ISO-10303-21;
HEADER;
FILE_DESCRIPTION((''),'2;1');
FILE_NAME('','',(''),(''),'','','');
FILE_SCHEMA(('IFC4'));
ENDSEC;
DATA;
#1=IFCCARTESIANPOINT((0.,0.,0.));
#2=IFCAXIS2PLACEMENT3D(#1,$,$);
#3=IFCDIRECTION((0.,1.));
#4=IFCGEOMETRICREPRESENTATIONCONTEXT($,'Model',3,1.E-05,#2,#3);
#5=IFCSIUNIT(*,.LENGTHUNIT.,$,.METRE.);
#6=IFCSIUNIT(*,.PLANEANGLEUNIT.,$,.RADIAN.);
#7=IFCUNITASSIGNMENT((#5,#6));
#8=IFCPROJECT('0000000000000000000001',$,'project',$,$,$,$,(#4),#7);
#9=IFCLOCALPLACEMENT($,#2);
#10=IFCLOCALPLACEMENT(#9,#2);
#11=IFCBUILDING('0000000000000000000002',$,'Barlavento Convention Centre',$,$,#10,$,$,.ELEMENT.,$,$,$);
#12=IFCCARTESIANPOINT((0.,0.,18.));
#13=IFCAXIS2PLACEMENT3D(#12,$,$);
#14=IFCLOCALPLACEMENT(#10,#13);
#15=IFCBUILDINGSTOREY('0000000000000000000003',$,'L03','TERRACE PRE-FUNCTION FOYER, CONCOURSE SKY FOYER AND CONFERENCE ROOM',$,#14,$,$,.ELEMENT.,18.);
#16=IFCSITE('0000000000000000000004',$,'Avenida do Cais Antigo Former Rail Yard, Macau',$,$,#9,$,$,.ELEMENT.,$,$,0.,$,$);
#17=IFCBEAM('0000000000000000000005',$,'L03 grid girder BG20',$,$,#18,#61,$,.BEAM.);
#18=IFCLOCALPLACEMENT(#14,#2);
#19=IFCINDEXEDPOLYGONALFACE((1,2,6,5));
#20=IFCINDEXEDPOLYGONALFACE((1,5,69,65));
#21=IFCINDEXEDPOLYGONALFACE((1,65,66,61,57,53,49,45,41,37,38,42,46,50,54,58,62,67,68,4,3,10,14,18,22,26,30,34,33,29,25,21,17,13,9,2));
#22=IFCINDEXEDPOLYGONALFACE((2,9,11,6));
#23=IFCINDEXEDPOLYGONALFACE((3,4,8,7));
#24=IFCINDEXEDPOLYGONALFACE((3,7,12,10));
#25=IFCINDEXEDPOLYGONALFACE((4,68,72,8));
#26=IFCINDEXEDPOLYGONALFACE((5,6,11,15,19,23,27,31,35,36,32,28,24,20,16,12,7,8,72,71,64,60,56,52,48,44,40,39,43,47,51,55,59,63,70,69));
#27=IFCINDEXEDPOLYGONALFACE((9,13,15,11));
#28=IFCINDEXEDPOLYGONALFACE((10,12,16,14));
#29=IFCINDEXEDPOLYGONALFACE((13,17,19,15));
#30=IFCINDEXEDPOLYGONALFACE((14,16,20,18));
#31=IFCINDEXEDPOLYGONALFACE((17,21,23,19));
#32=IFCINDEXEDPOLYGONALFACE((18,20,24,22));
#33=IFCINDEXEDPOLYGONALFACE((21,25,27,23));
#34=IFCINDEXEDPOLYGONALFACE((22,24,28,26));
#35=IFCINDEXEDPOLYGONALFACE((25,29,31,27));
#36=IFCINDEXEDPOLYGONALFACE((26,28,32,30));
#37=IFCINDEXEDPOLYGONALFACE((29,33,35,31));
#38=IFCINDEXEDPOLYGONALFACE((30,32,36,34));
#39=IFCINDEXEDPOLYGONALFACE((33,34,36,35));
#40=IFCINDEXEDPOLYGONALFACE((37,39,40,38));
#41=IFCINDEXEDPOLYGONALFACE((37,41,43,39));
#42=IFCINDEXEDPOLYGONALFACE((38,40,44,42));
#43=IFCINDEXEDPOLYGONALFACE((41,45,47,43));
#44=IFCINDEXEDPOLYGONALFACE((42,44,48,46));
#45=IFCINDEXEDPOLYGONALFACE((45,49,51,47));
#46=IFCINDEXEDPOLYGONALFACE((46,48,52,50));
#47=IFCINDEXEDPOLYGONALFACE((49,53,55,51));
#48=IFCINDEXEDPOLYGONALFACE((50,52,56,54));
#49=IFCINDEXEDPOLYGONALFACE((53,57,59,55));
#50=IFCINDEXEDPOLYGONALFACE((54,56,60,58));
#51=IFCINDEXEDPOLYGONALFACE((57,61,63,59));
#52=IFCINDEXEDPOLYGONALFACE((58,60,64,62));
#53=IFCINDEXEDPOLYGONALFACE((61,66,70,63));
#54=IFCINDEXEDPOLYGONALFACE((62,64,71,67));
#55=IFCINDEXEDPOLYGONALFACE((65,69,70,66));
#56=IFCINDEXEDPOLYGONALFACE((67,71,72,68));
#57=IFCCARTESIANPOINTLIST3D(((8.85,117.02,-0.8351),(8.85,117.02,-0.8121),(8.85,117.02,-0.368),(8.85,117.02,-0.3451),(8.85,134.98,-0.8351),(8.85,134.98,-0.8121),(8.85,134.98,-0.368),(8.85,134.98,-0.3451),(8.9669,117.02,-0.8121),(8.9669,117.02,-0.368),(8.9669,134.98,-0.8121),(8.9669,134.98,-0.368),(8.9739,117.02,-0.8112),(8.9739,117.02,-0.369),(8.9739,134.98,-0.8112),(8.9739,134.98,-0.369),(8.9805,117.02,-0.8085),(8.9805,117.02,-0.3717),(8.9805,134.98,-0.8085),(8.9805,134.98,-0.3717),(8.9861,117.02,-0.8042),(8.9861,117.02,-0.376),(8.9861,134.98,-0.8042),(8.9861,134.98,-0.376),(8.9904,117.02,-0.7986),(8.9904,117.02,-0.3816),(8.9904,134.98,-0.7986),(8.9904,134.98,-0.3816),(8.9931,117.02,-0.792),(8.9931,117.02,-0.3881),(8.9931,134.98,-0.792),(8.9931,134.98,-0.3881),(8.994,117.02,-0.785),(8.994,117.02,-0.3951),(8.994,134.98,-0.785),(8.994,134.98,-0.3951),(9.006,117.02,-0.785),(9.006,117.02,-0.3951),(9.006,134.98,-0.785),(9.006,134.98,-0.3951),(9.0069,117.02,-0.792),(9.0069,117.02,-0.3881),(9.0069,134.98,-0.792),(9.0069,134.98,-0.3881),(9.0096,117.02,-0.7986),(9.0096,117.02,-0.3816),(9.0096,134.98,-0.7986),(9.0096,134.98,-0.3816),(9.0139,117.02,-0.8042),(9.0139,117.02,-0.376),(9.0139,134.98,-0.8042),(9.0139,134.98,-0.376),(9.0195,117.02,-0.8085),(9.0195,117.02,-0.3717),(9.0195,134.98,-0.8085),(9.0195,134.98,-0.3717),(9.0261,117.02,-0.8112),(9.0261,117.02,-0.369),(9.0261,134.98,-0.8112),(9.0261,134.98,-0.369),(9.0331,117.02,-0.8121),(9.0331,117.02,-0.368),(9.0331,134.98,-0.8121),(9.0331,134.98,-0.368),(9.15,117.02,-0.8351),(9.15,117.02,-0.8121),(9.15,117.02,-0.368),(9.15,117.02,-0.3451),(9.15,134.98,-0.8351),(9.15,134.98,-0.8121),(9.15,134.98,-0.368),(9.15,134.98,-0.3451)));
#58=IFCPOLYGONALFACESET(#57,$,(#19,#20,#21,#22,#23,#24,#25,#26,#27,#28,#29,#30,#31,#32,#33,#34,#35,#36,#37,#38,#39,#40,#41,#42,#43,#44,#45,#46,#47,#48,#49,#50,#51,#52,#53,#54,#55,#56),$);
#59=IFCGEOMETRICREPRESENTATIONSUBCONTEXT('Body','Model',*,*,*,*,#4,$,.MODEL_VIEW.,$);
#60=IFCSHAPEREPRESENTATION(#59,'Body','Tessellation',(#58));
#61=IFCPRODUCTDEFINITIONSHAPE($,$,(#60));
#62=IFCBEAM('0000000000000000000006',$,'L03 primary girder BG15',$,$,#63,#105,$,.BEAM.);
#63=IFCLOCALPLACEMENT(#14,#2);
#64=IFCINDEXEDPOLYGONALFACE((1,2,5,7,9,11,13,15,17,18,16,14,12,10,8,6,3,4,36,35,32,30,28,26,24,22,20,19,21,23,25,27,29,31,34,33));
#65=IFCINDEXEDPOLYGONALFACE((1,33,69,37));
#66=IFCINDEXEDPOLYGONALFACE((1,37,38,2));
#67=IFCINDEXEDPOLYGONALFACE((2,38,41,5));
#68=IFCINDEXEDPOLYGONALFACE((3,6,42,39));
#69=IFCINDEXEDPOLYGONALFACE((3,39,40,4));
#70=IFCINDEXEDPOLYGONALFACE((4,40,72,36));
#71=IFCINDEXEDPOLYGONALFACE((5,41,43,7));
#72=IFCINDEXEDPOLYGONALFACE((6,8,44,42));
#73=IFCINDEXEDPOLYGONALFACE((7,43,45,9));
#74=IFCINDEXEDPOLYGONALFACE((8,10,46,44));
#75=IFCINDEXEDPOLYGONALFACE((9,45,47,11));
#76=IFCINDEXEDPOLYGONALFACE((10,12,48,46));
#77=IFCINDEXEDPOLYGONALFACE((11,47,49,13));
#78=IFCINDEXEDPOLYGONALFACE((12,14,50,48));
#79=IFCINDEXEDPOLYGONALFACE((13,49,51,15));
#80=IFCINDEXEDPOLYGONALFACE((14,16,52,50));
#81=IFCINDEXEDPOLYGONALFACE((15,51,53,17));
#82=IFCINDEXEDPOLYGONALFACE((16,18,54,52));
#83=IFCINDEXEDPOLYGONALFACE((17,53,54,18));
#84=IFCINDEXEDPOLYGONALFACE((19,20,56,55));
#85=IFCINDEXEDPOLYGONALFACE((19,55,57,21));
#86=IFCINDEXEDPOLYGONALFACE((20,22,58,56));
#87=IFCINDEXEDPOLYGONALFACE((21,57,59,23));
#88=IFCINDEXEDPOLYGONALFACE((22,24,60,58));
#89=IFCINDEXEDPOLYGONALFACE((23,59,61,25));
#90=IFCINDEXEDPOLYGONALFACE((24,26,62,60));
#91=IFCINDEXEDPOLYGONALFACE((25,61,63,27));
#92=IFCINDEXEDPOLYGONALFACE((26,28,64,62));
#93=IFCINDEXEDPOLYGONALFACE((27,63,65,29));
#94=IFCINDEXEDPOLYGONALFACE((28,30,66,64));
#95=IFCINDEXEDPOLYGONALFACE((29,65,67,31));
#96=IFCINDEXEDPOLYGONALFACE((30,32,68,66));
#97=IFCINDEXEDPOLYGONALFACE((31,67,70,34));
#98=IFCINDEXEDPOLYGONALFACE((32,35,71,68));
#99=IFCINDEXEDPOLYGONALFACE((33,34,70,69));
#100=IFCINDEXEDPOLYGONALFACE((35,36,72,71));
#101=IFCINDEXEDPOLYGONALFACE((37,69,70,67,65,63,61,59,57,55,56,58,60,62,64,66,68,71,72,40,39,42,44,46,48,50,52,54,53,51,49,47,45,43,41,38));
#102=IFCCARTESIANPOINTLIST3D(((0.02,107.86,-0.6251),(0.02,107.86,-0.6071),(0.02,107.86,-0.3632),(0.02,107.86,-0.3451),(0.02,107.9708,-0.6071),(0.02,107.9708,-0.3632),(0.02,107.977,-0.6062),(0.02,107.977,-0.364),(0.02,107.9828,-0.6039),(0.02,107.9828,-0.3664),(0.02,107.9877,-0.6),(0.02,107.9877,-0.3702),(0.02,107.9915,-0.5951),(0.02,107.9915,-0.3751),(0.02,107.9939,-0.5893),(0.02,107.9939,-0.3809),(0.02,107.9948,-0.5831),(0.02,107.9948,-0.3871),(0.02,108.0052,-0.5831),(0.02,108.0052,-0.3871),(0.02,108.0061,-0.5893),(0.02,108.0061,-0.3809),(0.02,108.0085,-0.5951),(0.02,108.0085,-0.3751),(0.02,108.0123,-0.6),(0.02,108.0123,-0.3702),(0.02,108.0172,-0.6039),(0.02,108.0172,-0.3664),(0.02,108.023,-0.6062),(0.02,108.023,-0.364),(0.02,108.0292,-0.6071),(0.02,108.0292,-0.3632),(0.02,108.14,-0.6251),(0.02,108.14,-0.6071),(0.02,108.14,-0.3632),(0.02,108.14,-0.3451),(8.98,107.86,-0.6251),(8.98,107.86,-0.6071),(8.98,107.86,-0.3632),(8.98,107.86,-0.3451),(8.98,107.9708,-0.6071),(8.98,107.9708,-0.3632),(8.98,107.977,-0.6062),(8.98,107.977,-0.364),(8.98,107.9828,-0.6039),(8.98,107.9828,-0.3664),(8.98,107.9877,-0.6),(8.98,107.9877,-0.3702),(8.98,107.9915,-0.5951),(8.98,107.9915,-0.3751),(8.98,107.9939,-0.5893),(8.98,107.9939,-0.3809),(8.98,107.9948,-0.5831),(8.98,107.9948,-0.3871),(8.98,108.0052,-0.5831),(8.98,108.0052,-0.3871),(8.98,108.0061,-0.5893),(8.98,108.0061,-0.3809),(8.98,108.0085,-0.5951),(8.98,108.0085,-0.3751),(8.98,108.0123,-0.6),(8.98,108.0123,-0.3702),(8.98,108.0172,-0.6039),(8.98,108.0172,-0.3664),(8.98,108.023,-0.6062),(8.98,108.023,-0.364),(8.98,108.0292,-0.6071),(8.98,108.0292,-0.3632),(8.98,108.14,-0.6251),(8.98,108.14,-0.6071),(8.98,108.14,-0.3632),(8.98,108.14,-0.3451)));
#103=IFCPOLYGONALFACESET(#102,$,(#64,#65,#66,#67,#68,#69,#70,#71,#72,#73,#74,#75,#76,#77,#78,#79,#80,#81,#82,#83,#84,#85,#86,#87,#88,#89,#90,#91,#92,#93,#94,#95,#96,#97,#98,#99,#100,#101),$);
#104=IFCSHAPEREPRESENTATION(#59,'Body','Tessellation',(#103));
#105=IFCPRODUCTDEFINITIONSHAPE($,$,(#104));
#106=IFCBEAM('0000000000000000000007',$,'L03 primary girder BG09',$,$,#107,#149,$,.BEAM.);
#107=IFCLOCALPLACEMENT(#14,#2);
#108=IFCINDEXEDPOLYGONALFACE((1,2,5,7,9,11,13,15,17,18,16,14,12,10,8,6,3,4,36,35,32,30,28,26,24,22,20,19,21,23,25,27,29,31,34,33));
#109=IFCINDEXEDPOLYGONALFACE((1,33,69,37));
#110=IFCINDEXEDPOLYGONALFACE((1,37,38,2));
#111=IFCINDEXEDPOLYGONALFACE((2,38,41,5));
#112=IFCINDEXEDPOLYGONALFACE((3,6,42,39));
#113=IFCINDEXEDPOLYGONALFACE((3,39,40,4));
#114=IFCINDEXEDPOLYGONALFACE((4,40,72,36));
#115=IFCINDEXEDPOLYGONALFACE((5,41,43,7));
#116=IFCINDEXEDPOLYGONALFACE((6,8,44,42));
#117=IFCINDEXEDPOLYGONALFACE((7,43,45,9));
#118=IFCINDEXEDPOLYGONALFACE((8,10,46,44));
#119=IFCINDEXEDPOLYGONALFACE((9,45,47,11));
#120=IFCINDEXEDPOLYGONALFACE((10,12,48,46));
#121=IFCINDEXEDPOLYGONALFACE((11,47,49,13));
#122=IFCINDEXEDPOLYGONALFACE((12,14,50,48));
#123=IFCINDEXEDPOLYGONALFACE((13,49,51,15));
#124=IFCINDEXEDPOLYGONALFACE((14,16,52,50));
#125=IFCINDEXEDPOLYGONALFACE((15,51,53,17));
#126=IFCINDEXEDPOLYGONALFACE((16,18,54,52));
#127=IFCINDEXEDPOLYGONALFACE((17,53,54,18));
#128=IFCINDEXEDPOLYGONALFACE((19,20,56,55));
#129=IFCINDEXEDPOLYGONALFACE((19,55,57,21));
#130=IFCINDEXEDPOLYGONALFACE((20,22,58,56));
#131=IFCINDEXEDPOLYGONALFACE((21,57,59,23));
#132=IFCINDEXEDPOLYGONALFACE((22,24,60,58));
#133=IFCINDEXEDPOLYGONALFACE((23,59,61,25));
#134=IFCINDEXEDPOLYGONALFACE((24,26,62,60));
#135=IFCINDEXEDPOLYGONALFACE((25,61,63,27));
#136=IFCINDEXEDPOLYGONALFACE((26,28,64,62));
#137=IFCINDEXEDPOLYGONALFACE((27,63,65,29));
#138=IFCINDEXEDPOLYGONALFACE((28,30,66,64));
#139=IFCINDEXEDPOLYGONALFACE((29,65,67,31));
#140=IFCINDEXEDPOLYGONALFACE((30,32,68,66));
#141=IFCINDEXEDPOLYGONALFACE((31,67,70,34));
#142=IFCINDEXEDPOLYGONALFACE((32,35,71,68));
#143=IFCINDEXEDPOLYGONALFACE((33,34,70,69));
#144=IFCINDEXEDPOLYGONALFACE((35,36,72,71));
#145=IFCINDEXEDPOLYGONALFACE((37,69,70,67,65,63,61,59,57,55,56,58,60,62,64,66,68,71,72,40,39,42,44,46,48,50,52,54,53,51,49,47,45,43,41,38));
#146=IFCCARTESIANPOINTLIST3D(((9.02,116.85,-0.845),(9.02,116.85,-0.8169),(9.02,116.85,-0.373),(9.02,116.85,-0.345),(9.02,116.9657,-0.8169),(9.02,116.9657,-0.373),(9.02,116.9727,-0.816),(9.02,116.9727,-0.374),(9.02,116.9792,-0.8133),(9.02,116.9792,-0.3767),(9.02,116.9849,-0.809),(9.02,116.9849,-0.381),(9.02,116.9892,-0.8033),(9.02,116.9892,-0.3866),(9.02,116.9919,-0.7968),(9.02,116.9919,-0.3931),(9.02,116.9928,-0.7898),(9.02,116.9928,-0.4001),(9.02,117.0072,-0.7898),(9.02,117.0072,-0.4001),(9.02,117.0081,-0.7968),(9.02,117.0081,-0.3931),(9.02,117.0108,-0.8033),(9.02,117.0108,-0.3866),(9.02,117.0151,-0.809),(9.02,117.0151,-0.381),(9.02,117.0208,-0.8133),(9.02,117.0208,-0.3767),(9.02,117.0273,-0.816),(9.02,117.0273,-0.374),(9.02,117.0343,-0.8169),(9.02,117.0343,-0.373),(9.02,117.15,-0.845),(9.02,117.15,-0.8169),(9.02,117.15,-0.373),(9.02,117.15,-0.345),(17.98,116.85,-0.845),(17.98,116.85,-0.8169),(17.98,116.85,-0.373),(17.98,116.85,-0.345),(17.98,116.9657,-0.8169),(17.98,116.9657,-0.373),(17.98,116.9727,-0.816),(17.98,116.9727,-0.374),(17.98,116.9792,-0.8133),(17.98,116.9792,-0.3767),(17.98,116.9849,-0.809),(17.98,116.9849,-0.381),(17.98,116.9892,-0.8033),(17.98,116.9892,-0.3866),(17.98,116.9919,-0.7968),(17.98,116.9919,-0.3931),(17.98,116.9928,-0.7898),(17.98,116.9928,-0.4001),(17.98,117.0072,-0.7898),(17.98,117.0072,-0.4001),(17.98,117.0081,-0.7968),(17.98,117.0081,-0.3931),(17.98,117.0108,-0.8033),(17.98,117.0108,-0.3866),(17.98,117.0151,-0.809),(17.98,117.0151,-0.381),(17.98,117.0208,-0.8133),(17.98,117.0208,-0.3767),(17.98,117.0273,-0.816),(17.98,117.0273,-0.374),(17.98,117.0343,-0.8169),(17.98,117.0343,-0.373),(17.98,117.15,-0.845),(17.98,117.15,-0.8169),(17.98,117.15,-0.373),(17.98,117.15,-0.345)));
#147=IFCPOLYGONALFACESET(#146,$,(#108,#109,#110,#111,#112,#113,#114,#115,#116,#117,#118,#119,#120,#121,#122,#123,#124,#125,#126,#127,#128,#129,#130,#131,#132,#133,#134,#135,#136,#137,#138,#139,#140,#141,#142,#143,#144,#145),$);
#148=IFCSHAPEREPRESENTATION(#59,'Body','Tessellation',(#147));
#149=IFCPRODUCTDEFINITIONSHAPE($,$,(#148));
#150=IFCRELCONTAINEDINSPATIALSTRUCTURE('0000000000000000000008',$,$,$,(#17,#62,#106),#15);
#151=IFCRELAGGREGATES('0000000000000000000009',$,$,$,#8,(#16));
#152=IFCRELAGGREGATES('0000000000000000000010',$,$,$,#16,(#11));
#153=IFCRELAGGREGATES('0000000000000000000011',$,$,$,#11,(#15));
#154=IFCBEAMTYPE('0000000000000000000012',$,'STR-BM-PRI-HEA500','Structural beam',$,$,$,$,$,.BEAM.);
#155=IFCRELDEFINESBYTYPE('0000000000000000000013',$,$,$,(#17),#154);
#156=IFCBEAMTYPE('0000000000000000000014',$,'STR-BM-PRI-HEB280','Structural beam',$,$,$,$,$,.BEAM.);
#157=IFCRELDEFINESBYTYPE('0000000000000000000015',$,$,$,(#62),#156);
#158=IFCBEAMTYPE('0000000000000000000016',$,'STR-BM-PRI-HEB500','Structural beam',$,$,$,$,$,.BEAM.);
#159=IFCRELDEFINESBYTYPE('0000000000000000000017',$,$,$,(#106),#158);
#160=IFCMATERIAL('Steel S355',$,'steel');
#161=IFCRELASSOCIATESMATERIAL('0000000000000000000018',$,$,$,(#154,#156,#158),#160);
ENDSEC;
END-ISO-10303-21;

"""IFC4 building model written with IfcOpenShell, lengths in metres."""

from ifc_helpers import new_model, si_unit, direction, frame, origin, origin_2d, place, context, subcontext, project, spatial, i_section, extrude, material, material_profile, profile_set, type_object, element, save


model = new_model("IFC4")

# Units and contexts
model_context = context("Model", 3, precision=1e-05, world=origin(), true_north=direction((0.0, 1.0)))
body_context = subcontext(model_context, "Body", "Model", "MODEL_VIEW")
ifc_project = project(units=[si_unit("LENGTHUNIT", "METRE"), si_unit("PLANEANGLEUNIT", "RADIAN")], contexts=[model_context])

# Site, building, storey
site_placement = place(None, origin())
site = spatial("IfcSite", under=ifc_project, at=site_placement, Name="Avenida do Cais Antigo Former Rail Yard, Macau", CompositionType="ELEMENT", RefElevation=0.0)
building_placement = place(site_placement, origin())
building = spatial("IfcBuilding", under=site, at=building_placement, Name="Barlavento Convention Centre", CompositionType="ELEMENT")
storey_placement = place(building_placement, frame((0.0, 0.0, 18.0)))
storey = spatial("IfcBuildingStorey", under=building, at=storey_placement, Name="L03", Description="TERRACE PRE-FUNCTION FOYER, CONCOURSE SKY FOYER AND CONFERENCE ROOM", CompositionType="ELEMENT", Elevation=18.0)

# Beams
ifc_material_1 = material(Name="Steel S355", Category="steel")
ifc_material_profile_1 = material_profile(ifc_material_1, i_section(OverallWidth=0.3, OverallDepth=0.49, WebThickness=0.012, FlangeThickness=0.0229, FilletRadius=0.0271, at=origin_2d()), Name="HEA 500")
ifc_profile_set_1 = profile_set([ifc_material_profile_1], Name="Steel S355")
beam_type_1 = type_object("IfcBeamType", Name="STR-BM-PRI-HEA500", Description="Structural beam", PredefinedType="BEAM", material=ifc_profile_set_1)
beam_1_placement = place(storey_placement, frame((9.0, 117.02, -0.5901), z_axis=(0.0, 1.0, 0.0), x_axis=(-1.0, 0.0, 0.0)))
element("IfcBeam", 1, at=beam_1_placement, inside=storey, type_object=beam_type_1, Name="L03 grid girder BG20", PredefinedType="BEAM", context=body_context, shape_type="SweptSolid", body=[
    extrude(i_section(OverallWidth=0.3, OverallDepth=0.49, WebThickness=0.012, FlangeThickness=0.0229, FilletRadius=0.0271, at=origin_2d()), origin(), (0.0, 0.0, 1.0), 17.96),
])
ifc_material_profile_2 = material_profile(ifc_material_1, i_section(OverallWidth=0.28, OverallDepth=0.28, WebThickness=0.0105, FlangeThickness=0.0181, FilletRadius=0.0239, at=origin_2d()), Name="HEB 280")
ifc_profile_set_2 = profile_set([ifc_material_profile_2], Name="Steel S355")
beam_type_2 = type_object("IfcBeamType", Name="STR-BM-PRI-HEB280", Description="Structural beam", PredefinedType="BEAM", material=ifc_profile_set_2)
beam_2_placement = place(storey_placement, frame((0.02, 108.0, -0.4851), z_axis=(1.0, 0.0, 0.0), x_axis=(0.0, 1.0, 0.0)))
element("IfcBeam", 2, at=beam_2_placement, inside=storey, type_object=beam_type_2, Name="L03 primary girder BG15", PredefinedType="BEAM", context=body_context, shape_type="SweptSolid", body=[
    extrude(i_section(OverallWidth=0.28, OverallDepth=0.28, WebThickness=0.0105, FlangeThickness=0.0181, FilletRadius=0.0239, at=origin_2d()), origin(), (0.0, 0.0, 1.0), 8.96),
])
ifc_material_profile_3 = material_profile(ifc_material_1, i_section(OverallWidth=0.3, OverallDepth=0.5, WebThickness=0.0144, FlangeThickness=0.0281, FilletRadius=0.0271, at=origin_2d()), Name="HEB 500")
ifc_profile_set_3 = profile_set([ifc_material_profile_3], Name="Steel S355")
beam_type_3 = type_object("IfcBeamType", Name="STR-BM-PRI-HEB500", Description="Structural beam", PredefinedType="BEAM", material=ifc_profile_set_3)
beam_3_placement = place(storey_placement, frame((9.02, 117.0, -0.595), z_axis=(1.0, 0.0, 0.0), x_axis=(0.0, 1.0, 0.0)))
element("IfcBeam", 3, at=beam_3_placement, inside=storey, type_object=beam_type_3, Name="L03 primary girder BG09", PredefinedType="BEAM", context=body_context, shape_type="SweptSolid", body=[
    extrude(i_section(OverallWidth=0.3, OverallDepth=0.5, WebThickness=0.0144, FlangeThickness=0.0281, FilletRadius=0.0271, at=origin_2d()), origin(), (0.0, 0.0, 1.0), 8.96),
])

save(model, "model.ifc")
